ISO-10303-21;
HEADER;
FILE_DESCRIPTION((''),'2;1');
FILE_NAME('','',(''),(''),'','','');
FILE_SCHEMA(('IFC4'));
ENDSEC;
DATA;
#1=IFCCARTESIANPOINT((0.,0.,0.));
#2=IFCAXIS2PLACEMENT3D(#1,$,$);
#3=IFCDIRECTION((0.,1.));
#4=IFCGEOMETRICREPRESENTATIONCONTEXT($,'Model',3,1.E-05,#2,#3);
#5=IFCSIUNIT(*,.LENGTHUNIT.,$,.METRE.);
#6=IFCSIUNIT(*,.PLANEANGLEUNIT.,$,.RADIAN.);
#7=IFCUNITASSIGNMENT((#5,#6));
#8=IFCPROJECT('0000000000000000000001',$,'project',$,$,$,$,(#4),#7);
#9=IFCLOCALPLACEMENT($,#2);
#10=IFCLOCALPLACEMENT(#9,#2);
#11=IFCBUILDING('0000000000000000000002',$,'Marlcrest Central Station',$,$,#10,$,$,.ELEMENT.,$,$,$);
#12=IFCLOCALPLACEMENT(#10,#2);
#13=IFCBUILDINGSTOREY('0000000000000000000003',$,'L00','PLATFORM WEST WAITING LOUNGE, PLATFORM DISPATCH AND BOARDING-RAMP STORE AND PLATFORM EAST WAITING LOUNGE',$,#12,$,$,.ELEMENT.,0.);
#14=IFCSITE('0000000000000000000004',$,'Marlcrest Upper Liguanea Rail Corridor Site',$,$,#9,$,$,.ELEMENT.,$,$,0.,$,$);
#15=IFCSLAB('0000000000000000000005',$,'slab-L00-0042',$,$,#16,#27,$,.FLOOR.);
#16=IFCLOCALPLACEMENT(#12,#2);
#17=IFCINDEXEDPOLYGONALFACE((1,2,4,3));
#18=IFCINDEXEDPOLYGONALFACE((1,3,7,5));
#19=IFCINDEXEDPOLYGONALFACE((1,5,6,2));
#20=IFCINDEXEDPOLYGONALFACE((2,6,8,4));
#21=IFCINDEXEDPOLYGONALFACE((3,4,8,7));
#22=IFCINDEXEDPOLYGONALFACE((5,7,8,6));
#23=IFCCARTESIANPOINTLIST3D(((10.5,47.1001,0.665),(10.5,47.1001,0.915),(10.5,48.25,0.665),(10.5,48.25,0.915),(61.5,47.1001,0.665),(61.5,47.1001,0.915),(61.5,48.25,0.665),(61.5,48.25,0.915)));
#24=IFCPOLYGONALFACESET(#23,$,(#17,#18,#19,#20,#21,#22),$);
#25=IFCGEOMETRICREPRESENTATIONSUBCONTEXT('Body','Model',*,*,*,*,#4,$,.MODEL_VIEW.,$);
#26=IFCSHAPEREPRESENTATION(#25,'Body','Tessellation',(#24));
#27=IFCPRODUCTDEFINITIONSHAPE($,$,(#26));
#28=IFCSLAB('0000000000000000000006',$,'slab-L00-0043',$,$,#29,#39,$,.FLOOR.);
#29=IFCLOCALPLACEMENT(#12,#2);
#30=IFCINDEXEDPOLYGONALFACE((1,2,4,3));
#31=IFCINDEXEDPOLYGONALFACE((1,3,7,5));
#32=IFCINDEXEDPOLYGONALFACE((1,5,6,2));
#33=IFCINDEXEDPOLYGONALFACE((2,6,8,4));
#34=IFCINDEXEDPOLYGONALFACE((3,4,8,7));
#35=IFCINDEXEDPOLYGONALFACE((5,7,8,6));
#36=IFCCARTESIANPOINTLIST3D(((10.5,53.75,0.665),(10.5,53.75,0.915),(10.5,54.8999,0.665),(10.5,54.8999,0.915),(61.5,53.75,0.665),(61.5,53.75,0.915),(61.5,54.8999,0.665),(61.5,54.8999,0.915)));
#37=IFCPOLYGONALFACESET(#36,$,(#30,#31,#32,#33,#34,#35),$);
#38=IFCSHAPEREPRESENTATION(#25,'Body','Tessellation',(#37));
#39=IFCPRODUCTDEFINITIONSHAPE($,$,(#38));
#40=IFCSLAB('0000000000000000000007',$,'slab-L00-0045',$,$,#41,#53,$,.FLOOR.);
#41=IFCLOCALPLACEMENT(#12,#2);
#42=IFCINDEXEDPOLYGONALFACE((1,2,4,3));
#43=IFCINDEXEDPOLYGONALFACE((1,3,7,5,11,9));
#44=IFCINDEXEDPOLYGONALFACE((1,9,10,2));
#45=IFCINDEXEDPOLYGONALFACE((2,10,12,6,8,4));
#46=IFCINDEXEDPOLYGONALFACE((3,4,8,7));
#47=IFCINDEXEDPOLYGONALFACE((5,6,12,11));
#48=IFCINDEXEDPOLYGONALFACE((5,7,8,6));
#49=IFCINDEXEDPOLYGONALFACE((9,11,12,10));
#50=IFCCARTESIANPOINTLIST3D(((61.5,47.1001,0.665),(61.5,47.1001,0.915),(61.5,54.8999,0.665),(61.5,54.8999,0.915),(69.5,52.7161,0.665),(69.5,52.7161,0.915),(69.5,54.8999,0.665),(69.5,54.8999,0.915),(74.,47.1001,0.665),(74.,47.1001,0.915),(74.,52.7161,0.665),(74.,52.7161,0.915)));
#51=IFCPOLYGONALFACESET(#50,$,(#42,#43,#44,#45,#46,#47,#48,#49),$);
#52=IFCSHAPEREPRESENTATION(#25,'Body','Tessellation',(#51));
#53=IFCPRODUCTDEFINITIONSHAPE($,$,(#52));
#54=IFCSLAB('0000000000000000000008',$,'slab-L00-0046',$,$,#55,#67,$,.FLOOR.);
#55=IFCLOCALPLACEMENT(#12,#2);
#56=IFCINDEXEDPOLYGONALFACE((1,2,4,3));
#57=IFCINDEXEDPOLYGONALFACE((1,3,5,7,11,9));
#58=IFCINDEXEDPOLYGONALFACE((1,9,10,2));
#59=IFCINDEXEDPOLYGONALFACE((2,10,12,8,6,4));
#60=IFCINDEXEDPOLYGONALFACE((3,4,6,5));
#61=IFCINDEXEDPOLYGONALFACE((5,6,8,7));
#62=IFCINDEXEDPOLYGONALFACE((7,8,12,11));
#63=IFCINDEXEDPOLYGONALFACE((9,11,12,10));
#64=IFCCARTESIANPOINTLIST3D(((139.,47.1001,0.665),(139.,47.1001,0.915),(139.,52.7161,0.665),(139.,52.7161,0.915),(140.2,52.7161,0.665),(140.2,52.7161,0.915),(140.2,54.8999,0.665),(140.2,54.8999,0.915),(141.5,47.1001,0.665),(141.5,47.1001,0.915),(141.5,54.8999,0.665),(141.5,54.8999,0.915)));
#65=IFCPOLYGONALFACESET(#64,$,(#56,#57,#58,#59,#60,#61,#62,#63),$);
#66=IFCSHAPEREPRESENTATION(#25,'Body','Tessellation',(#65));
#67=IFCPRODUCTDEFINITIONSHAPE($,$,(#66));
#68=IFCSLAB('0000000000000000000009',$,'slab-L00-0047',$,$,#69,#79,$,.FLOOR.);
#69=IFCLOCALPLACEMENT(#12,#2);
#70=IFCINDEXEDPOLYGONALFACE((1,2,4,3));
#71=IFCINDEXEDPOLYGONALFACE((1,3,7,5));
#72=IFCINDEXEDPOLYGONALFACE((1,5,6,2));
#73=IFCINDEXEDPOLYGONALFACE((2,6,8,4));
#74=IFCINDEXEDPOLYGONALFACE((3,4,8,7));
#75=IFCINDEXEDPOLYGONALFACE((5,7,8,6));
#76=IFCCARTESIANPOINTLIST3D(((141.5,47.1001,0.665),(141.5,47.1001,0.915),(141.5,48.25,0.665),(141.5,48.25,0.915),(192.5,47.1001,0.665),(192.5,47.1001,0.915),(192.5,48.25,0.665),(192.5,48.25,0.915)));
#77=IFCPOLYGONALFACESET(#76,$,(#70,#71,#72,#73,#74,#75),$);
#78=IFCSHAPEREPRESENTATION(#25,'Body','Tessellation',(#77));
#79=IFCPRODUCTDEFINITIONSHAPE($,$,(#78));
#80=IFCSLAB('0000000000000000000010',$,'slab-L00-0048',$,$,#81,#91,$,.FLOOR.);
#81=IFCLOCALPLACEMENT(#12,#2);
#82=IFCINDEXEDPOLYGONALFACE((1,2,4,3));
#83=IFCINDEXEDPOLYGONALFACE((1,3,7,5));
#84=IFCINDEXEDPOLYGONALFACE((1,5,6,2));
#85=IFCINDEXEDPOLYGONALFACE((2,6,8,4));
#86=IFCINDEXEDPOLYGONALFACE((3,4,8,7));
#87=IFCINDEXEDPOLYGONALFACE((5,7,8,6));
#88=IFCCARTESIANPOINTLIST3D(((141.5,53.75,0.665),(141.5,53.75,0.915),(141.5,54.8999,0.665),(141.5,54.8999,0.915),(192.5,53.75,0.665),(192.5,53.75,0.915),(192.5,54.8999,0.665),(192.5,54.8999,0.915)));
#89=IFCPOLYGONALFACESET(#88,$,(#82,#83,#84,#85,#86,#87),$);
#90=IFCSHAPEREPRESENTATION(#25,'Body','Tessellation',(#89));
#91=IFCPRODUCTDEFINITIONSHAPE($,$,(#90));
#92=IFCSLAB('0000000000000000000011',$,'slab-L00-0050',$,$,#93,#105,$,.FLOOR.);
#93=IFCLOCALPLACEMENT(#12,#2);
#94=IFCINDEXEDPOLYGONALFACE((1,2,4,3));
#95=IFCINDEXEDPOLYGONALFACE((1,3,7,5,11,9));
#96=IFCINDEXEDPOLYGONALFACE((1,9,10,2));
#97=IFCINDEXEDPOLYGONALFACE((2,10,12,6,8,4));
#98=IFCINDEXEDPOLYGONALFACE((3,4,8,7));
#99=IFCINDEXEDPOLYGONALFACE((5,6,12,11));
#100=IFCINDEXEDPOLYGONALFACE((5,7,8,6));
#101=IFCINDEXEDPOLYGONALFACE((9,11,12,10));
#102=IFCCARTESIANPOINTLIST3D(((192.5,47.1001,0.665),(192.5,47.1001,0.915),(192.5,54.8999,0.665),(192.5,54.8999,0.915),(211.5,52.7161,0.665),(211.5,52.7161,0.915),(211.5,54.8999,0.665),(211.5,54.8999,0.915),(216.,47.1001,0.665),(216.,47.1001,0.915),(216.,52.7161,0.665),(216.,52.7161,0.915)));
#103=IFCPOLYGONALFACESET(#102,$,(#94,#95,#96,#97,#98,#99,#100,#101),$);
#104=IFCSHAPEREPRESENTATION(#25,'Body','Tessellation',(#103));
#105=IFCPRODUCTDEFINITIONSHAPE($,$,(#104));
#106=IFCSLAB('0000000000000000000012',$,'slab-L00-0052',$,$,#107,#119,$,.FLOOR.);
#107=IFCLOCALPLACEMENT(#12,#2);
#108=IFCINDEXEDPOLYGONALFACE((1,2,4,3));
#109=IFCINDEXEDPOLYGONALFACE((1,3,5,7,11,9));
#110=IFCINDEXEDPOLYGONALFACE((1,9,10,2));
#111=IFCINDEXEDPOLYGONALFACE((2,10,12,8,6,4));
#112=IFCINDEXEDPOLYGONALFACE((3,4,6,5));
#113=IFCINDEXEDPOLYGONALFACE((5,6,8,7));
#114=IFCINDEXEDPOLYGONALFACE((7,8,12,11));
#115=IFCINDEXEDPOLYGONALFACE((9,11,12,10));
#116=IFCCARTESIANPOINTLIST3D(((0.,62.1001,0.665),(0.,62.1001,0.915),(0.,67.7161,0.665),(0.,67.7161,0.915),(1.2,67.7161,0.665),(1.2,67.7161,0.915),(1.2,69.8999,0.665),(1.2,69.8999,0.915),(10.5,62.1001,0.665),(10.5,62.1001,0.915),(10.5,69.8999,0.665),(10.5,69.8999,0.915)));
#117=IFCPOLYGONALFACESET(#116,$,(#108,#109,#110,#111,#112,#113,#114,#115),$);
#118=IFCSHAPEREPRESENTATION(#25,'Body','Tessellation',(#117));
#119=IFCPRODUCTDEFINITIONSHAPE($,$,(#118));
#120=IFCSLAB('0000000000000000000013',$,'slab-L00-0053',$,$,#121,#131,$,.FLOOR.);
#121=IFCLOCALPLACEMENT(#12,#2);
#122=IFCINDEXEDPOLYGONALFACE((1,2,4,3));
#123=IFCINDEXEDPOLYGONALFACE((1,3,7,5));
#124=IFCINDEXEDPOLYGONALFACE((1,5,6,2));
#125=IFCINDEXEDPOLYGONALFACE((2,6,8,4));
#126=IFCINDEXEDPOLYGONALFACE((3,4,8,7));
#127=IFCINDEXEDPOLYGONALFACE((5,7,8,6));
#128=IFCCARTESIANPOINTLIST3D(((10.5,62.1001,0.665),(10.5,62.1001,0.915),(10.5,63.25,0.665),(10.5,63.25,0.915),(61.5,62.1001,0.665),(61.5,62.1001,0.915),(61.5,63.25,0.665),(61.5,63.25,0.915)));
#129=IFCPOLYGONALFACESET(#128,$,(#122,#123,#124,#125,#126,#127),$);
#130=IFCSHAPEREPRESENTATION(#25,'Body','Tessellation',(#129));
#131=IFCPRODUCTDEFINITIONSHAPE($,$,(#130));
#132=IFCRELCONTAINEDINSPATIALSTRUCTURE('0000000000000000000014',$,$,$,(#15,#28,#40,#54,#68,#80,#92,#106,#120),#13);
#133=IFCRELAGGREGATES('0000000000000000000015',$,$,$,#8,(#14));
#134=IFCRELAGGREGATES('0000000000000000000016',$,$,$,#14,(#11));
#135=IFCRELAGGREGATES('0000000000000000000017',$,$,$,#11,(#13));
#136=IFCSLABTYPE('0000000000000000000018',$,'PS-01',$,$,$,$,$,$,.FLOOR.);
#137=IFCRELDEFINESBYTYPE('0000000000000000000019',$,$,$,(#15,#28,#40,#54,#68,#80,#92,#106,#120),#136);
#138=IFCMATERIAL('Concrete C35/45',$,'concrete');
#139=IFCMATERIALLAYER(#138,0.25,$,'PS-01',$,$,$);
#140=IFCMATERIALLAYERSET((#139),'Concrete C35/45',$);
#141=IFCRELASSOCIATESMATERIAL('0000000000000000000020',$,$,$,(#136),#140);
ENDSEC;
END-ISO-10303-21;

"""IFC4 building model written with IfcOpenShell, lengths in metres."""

from ifc_helpers import new_model, si_unit, direction, frame, origin, place, context, subcontext, project, spatial, polyline, outline, extrude, material, layer, layer_set, type_object, element, save


model = new_model("IFC4")

# Units and contexts
model_context = context("Model", 3, precision=1e-05, world=origin(), true_north=direction((0.0, 1.0)))
body_context = subcontext(model_context, "Body", "Model", "MODEL_VIEW")
ifc_project = project(units=[si_unit("LENGTHUNIT", "METRE"), si_unit("PLANEANGLEUNIT", "RADIAN")], contexts=[model_context])

# Site, building, storey
site_placement = place(None, origin())
site = spatial("IfcSite", under=ifc_project, at=site_placement, Name="Marlcrest Upper Liguanea Rail Corridor Site", CompositionType="ELEMENT", RefElevation=0.0)
building_placement = place(site_placement, origin())
building = spatial("IfcBuilding", under=site, at=building_placement, Name="Marlcrest Central Station", CompositionType="ELEMENT")
storey_placement = place(building_placement, origin())
storey = spatial("IfcBuildingStorey", under=building, at=storey_placement, Name="L00", Description="PLATFORM WEST WAITING LOUNGE, PLATFORM DISPATCH AND BOARDING-RAMP STORE AND PLATFORM EAST WAITING LOUNGE", CompositionType="ELEMENT", Elevation=0.0)

# Slabs
ifc_material = material(Name="Concrete C35/45", Category="concrete")
ifc_layer_1 = layer(ifc_material, 0.25, Name="PS-01")
ifc_layer_set_1 = layer_set([ifc_layer_1], Name="Concrete C35/45")
slab_type_1 = type_object("IfcSlabType", Name="PS-01", PredefinedType="FLOOR", material=ifc_layer_set_1)
slab_1_placement = place(storey_placement, frame((0.0, 0.0, 0.665)))
element("IfcSlab", 1, at=slab_1_placement, inside=storey, type_object=slab_type_1, Name="slab-L00-0042", PredefinedType="FLOOR", context=body_context, shape_type="SweptSolid", body=[
    extrude(outline(polyline([(61.5, 48.25), (61.5, 47.1001), (10.5, 47.1001), (10.5, 48.25), (61.5, 48.25)])), origin(), (0.0, 0.0, 1.0), 0.25),
])
slab_2_placement = place(storey_placement, frame((0.0, 0.0, 0.665)))
element("IfcSlab", 2, at=slab_2_placement, inside=storey, type_object=slab_type_1, Name="slab-L00-0043", PredefinedType="FLOOR", context=body_context, shape_type="SweptSolid", body=[
    extrude(outline(polyline([(61.5, 54.8999), (61.5, 53.75), (10.5, 53.75), (10.5, 54.8999), (61.5, 54.8999)])), origin(), (0.0, 0.0, 1.0), 0.25),
])
slab_3_placement = place(storey_placement, frame((0.0, 0.0, 0.665)))
element("IfcSlab", 3, at=slab_3_placement, inside=storey, type_object=slab_type_1, Name="slab-L00-0045", PredefinedType="FLOOR", context=body_context, shape_type="SweptSolid", body=[
    extrude(outline(polyline([(69.5, 54.8999), (69.5, 52.7161), (74.0, 52.7161), (74.0, 47.1001), (61.5, 47.1001), (61.5, 54.8999), (69.5, 54.8999)])), origin(), (0.0, 0.0, 1.0), 0.25),
])
slab_4_placement = place(storey_placement, frame((0.0, 0.0, 0.665)))
element("IfcSlab", 4, at=slab_4_placement, inside=storey, type_object=slab_type_1, Name="slab-L00-0046", PredefinedType="FLOOR", context=body_context, shape_type="SweptSolid", body=[
    extrude(outline(polyline([(139.0, 47.1001), (141.5, 47.1001), (141.5, 54.8999), (140.2, 54.8999), (140.2, 52.7161), (139.0, 52.7161), (139.0, 47.1001)])), origin(), (0.0, 0.0, 1.0), 0.25),
])
slab_5_placement = place(storey_placement, frame((0.0, 0.0, 0.665)))
element("IfcSlab", 5, at=slab_5_placement, inside=storey, type_object=slab_type_1, Name="slab-L00-0047", PredefinedType="FLOOR", context=body_context, shape_type="SweptSolid", body=[
    extrude(outline(polyline([(192.5, 48.25), (192.5, 47.1001), (141.5, 47.1001), (141.5, 48.25), (192.5, 48.25)])), origin(), (0.0, 0.0, 1.0), 0.25),
])
slab_6_placement = place(storey_placement, frame((0.0, 0.0, 0.665)))
element("IfcSlab", 6, at=slab_6_placement, inside=storey, type_object=slab_type_1, Name="slab-L00-0048", PredefinedType="FLOOR", context=body_context, shape_type="SweptSolid", body=[
    extrude(outline(polyline([(192.5, 54.8999), (192.5, 53.75), (141.5, 53.75), (141.5, 54.8999), (192.5, 54.8999)])), origin(), (0.0, 0.0, 1.0), 0.25),
])
slab_7_placement = place(storey_placement, frame((0.0, 0.0, 0.665)))
element("IfcSlab", 7, at=slab_7_placement, inside=storey, type_object=slab_type_1, Name="slab-L00-0050", PredefinedType="FLOOR", context=body_context, shape_type="SweptSolid", body=[
    extrude(outline(polyline([(211.5, 54.8999), (211.5, 52.7161), (216.0, 52.7161), (216.0, 47.1001), (192.5, 47.1001), (192.5, 54.8999), (211.5, 54.8999)])), origin(), (0.0, 0.0, 1.0), 0.25),
])
slab_8_placement = place(storey_placement, frame((0.0, 0.0, 0.665)))
element("IfcSlab", 8, at=slab_8_placement, inside=storey, type_object=slab_type_1, Name="slab-L00-0052", PredefinedType="FLOOR", context=body_context, shape_type="SweptSolid", body=[
    extrude(outline(polyline([(0.0, 62.1001), (10.5, 62.1001), (10.5, 69.8999), (1.2, 69.8999), (1.2, 67.7161), (0.0, 67.7161), (0.0, 62.1001)])), origin(), (0.0, 0.0, 1.0), 0.25),
])
slab_9_placement = place(storey_placement, frame((0.0, 0.0, 0.665)))
element("IfcSlab", 9, at=slab_9_placement, inside=storey, type_object=slab_type_1, Name="slab-L00-0053", PredefinedType="FLOOR", context=body_context, shape_type="SweptSolid", body=[
    extrude(outline(polyline([(61.5, 63.25), (61.5, 62.1001), (10.5, 62.1001), (10.5, 63.25), (61.5, 63.25)])), origin(), (0.0, 0.0, 1.0), 0.25),
])

save(model, "model.ifc")
